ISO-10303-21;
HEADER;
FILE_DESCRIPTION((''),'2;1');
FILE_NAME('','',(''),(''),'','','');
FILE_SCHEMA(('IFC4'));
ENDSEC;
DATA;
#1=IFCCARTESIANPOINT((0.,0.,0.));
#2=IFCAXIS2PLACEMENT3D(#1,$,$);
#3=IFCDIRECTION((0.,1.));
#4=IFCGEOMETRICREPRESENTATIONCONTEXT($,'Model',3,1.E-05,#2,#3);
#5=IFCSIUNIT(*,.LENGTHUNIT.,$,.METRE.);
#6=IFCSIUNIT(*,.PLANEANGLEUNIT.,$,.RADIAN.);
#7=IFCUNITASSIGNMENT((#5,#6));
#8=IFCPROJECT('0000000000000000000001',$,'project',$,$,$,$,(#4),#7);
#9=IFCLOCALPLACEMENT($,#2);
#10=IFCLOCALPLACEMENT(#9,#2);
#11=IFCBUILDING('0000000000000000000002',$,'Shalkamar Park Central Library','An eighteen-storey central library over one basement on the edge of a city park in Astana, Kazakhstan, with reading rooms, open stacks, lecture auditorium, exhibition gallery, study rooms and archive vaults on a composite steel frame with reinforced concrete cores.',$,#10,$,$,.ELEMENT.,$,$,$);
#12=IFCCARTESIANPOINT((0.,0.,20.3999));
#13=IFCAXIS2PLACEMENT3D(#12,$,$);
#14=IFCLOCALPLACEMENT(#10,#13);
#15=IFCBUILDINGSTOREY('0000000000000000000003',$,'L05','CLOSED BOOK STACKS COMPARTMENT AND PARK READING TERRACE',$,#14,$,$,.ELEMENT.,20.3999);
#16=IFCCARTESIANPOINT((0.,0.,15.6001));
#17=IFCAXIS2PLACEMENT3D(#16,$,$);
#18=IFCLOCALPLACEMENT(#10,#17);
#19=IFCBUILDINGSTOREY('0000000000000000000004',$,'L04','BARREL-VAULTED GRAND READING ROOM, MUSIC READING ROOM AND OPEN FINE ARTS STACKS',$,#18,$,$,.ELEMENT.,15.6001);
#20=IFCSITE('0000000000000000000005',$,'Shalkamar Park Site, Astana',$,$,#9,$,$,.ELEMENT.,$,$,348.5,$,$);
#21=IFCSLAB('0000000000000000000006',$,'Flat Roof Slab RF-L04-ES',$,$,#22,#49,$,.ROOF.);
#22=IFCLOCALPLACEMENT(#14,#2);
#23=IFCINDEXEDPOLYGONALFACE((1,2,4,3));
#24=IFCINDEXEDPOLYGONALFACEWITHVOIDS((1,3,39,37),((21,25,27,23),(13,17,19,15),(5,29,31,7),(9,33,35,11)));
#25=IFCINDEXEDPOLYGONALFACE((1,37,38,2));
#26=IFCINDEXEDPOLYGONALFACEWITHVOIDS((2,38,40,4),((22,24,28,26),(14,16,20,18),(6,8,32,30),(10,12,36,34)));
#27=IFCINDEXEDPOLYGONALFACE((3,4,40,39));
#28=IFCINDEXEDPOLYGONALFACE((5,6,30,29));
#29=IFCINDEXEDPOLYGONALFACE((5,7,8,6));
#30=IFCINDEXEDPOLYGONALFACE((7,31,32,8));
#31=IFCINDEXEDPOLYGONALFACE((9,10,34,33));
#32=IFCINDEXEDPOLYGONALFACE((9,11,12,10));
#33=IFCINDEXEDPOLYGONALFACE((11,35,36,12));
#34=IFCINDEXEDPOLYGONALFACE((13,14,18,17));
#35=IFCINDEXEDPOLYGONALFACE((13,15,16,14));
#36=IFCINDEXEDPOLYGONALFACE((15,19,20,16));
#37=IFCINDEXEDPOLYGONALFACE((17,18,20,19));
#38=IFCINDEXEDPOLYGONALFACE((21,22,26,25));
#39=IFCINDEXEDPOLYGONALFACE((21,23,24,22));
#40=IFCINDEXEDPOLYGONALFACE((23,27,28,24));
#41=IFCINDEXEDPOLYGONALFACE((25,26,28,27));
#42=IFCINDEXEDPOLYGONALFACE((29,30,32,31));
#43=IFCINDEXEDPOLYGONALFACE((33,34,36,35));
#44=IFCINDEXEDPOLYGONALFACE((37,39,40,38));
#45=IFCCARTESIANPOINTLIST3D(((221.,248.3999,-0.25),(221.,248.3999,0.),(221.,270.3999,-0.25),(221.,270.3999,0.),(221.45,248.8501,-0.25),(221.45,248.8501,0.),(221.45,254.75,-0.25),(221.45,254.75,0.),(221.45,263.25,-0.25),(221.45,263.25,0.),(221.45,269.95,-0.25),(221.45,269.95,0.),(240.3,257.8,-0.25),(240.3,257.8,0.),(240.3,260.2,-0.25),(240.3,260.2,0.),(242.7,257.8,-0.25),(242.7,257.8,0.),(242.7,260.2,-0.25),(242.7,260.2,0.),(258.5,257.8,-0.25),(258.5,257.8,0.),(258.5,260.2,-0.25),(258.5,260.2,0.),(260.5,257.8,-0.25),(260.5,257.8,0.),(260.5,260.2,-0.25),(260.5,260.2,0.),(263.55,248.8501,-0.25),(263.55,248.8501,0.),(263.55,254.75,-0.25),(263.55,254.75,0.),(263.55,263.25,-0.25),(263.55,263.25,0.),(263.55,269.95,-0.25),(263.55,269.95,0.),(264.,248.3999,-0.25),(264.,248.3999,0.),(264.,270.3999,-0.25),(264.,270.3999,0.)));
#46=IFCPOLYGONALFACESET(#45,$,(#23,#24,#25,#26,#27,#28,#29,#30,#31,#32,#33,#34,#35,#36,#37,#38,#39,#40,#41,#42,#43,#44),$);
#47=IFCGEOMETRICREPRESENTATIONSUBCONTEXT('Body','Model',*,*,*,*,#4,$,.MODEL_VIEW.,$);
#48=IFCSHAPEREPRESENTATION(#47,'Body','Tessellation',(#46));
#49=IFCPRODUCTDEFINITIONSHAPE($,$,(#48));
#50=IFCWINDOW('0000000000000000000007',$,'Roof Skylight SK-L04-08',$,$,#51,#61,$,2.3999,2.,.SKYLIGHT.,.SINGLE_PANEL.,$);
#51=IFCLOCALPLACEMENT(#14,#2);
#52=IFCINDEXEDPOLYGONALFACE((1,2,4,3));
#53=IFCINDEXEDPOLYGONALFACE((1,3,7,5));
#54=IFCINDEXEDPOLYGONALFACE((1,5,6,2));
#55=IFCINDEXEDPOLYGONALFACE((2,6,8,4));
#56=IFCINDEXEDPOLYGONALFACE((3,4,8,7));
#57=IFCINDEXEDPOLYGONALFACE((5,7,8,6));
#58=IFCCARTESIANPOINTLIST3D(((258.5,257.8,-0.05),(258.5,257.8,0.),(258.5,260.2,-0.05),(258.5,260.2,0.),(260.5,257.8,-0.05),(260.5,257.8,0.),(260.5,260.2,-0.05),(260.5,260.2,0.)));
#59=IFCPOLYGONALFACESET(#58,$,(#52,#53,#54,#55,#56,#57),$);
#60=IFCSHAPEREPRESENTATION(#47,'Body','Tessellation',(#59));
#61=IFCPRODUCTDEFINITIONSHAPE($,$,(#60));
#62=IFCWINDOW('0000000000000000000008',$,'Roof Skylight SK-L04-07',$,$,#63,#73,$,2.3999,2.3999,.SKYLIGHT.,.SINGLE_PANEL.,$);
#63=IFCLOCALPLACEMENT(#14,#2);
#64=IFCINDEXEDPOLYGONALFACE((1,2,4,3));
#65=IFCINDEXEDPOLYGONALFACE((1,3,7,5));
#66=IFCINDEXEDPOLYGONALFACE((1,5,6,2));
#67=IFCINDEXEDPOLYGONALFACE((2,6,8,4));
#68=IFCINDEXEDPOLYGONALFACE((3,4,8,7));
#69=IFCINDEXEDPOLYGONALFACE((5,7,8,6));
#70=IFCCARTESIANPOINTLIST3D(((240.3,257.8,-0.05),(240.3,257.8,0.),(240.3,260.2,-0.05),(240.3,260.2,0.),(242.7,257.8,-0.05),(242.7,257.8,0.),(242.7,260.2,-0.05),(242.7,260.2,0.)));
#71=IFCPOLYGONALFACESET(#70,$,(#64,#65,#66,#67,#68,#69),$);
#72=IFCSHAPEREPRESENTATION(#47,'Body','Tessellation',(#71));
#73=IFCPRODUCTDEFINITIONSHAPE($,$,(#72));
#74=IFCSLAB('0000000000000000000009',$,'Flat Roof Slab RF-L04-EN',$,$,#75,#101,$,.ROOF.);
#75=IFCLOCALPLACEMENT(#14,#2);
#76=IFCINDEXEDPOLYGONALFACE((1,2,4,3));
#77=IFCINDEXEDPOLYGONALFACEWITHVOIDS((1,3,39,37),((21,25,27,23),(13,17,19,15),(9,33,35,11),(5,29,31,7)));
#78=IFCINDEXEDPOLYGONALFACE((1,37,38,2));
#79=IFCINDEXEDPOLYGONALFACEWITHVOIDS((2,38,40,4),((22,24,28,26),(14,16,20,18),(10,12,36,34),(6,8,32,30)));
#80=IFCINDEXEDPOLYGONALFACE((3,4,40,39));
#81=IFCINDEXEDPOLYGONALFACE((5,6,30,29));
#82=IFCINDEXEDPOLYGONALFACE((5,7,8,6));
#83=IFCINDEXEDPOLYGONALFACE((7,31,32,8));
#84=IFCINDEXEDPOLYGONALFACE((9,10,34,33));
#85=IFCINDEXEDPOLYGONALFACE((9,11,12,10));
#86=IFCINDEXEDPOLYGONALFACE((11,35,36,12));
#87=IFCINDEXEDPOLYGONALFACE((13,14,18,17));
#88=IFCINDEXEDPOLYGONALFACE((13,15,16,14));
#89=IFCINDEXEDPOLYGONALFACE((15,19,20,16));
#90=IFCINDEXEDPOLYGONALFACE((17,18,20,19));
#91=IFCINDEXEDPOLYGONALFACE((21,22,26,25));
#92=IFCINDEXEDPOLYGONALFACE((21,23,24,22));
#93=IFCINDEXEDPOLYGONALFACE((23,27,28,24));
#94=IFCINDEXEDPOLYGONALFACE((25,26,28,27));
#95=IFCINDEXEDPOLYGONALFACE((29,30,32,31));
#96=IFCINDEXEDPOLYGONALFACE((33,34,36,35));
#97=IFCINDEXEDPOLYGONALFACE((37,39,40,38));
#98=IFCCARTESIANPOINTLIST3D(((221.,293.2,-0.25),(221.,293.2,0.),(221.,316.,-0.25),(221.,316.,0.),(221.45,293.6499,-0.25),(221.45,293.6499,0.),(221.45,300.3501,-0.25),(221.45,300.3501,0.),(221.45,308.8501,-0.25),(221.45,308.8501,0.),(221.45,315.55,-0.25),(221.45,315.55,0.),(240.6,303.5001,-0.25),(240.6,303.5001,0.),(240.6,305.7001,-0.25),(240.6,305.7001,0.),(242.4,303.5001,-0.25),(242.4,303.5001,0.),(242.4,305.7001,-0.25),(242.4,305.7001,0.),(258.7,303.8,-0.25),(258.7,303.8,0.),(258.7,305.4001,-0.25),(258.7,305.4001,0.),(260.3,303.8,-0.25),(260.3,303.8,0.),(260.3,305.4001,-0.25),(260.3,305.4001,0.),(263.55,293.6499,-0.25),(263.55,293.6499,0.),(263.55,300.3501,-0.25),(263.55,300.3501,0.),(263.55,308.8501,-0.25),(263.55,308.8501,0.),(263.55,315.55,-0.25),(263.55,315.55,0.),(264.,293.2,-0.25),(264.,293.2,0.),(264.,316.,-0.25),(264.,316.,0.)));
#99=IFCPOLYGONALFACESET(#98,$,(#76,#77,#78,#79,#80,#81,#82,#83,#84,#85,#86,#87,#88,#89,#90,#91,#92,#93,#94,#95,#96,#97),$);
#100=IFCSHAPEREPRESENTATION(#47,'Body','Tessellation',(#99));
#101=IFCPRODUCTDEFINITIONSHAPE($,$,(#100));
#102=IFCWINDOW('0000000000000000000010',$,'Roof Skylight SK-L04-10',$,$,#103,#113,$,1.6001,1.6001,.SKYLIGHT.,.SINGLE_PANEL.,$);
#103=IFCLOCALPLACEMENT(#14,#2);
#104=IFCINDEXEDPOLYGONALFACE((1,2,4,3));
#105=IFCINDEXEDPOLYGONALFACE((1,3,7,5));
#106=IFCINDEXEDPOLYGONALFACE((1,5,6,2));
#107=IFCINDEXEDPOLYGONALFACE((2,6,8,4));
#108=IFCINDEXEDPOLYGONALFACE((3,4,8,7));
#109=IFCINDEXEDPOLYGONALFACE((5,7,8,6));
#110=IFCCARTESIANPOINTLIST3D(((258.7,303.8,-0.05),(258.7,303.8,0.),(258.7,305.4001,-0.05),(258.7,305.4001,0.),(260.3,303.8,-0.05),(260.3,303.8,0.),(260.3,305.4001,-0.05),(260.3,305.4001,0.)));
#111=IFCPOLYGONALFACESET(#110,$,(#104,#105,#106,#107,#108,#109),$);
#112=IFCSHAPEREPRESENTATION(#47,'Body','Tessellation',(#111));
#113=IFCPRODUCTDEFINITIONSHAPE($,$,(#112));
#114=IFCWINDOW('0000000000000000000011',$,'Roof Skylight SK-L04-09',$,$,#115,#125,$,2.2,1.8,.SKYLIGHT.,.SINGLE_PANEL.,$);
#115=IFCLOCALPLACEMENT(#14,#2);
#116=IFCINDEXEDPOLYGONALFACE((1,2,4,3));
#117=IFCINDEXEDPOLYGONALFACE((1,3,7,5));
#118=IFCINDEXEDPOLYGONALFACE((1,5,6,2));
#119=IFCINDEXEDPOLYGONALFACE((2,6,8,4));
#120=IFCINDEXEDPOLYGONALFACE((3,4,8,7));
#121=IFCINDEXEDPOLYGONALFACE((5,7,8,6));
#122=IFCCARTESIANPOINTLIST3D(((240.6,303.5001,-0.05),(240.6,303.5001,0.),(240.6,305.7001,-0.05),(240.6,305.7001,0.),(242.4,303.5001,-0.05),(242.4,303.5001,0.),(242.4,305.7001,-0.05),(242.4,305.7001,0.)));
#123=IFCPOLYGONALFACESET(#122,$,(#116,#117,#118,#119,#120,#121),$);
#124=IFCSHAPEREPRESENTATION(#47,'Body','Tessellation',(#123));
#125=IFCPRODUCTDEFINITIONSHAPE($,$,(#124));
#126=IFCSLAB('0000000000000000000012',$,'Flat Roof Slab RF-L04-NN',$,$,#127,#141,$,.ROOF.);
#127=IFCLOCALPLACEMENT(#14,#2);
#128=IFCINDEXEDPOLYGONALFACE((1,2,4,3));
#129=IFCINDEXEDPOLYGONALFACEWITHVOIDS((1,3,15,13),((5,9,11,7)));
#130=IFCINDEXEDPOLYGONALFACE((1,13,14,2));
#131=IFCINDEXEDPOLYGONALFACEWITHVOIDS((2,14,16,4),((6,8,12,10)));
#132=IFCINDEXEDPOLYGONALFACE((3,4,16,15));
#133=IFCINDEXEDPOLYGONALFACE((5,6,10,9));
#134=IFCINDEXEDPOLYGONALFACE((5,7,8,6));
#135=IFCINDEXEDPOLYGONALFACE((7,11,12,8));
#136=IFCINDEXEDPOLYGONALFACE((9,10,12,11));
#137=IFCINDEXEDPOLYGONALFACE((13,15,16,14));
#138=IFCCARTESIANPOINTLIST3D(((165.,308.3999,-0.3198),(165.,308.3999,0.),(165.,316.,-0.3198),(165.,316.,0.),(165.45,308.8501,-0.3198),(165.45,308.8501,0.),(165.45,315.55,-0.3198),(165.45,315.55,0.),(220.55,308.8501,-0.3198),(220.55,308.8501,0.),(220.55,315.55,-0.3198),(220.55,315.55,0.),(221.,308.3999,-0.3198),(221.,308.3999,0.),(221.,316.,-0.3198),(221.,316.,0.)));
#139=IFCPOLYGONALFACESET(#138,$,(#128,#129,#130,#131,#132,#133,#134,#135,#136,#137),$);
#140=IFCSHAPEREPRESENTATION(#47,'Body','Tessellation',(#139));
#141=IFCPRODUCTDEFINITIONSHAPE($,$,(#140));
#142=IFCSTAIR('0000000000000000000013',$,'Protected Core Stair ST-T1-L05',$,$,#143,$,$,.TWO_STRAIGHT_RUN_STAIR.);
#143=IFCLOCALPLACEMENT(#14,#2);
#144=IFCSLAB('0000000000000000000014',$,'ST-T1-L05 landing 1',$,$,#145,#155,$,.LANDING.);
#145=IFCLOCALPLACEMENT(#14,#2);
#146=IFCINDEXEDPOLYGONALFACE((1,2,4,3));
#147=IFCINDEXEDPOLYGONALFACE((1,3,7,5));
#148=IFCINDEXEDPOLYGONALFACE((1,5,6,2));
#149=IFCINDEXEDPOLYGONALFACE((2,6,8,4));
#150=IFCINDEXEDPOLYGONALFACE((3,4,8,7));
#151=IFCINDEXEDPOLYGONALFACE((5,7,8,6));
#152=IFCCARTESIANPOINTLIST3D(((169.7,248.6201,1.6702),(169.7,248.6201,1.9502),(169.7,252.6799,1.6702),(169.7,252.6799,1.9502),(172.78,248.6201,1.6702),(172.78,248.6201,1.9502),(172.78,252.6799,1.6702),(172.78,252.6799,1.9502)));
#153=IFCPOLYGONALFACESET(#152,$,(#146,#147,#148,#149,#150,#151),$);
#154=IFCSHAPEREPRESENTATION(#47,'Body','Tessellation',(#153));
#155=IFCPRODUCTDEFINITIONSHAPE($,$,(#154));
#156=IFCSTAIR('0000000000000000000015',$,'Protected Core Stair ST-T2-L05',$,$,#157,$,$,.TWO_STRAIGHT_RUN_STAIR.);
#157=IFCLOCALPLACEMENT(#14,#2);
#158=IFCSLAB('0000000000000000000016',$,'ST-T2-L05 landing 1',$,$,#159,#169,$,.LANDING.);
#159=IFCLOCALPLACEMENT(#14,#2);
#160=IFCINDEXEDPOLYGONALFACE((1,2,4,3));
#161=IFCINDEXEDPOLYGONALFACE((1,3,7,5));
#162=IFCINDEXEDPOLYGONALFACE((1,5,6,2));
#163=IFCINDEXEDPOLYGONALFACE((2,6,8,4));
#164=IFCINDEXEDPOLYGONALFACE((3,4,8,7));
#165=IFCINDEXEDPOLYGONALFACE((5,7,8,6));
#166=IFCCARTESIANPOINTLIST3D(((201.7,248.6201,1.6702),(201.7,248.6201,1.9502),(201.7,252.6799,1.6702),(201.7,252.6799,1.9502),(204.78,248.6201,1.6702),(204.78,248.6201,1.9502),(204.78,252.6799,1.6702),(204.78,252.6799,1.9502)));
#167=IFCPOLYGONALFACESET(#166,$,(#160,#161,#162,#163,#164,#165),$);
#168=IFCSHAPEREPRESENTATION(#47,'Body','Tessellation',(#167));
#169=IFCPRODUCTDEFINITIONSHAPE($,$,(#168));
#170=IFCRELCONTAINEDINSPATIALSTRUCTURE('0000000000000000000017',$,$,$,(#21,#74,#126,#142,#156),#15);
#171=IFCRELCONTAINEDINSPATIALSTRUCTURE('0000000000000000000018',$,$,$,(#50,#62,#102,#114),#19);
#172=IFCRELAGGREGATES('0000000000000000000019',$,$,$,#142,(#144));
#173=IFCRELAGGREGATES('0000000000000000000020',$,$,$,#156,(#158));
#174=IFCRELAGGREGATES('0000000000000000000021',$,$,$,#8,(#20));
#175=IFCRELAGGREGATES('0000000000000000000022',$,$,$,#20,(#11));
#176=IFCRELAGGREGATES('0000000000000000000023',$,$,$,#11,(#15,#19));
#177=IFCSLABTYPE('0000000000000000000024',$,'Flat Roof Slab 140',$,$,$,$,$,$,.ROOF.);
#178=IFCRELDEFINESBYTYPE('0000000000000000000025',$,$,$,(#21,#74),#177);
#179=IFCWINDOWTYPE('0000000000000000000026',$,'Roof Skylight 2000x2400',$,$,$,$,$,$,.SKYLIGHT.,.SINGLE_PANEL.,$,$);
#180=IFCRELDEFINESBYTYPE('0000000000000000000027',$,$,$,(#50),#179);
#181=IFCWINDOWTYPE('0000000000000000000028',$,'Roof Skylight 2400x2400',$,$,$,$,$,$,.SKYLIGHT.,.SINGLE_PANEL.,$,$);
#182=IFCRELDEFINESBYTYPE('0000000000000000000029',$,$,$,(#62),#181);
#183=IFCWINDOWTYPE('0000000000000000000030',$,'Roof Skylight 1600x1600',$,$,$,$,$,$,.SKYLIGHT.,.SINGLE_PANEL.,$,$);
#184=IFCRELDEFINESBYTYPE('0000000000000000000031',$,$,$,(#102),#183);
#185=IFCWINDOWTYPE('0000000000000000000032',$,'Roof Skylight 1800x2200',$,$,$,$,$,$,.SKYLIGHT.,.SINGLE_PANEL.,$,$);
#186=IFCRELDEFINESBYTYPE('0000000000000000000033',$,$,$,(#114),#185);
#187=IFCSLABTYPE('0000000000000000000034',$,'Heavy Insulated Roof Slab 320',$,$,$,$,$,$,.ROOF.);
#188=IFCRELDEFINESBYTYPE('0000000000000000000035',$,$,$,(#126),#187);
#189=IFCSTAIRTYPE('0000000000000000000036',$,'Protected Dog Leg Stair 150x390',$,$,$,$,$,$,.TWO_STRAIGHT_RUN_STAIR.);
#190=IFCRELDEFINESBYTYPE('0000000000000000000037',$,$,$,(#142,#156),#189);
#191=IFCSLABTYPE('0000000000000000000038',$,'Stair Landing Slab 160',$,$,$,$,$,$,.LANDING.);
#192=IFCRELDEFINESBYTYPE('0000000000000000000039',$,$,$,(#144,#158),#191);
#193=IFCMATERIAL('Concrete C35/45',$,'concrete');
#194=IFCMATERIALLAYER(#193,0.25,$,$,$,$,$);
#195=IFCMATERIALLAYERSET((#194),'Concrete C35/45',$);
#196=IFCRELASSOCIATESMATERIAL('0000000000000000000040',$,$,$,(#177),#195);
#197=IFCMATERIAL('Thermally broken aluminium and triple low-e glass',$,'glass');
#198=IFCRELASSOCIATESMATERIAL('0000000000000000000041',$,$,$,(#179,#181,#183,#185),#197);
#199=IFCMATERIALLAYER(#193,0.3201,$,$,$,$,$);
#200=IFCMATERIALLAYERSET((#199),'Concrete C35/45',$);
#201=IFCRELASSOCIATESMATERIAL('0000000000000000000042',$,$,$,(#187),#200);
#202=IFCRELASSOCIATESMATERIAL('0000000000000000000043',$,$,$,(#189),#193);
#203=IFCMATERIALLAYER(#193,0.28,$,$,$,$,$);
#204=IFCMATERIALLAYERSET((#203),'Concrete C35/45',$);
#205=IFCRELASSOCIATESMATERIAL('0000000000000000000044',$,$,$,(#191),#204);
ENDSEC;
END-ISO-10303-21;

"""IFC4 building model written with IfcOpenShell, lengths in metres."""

from ifc_helpers import new_model, si_unit, direction, frame, origin, origin_2d, place, context, subcontext, project, spatial, polyline, rectangle, outline, extrude, material, layer, layer_set, type_object, element, fill, aggregate, save


model = new_model("IFC4")

# Units and contexts
model_context = context("Model", 3, precision=1e-05, world=origin(), true_north=direction((0.0, 1.0)))
body_context = subcontext(model_context, "Body", "Model", "MODEL_VIEW")
ifc_project = project(units=[si_unit("LENGTHUNIT", "METRE"), si_unit("PLANEANGLEUNIT", "RADIAN")], contexts=[model_context])

# Site, building, storey
site_placement = place(None, origin())
site = spatial("IfcSite", under=ifc_project, at=site_placement, Name="Shalkamar Park Site, Astana", CompositionType="ELEMENT", RefElevation=348.5)
building_placement = place(site_placement, origin())
building = spatial("IfcBuilding", under=site, at=building_placement, Name="Shalkamar Park Central Library", Description="An eighteen-storey central library over one basement on the edge of a city park in Astana, Kazakhstan, with reading rooms, open stacks, lecture auditorium, exhibition gallery, study rooms and archive vaults on a composite steel frame with reinforced concrete cores.", CompositionType="ELEMENT")
storey_1_placement = place(building_placement, frame((0.0, 0.0, 20.3999)))
storey_1 = spatial("IfcBuildingStorey", under=building, at=storey_1_placement, Name="L05", Description="CLOSED BOOK STACKS COMPARTMENT AND PARK READING TERRACE", CompositionType="ELEMENT", Elevation=20.3999)

# Shared definitions
ifc_material_1 = material(Name="Concrete C35/45", Category="concrete")
ifc_layer_1 = layer(ifc_material_1, 0.25)
ifc_layer_set_1 = layer_set([ifc_layer_1], Name="Concrete C35/45")
slab_type_1 = type_object("IfcSlabType", Name="Flat Roof Slab 140", PredefinedType="ROOF", material=ifc_layer_set_1)

# Slab, openings
slab_1_placement = place(storey_1_placement, frame((0.0, 0.0, -0.25)))
slab_1 = element("IfcSlab", 1, at=slab_1_placement, inside=storey_1, type_object=slab_type_1, Name="Flat Roof Slab RF-L04-ES", PredefinedType="ROOF", context=body_context, shape_type="SweptSolid", body=[
    extrude(outline(polyline([(221.0, 248.3999), (264.0, 248.3999), (264.0, 270.3999), (221.0, 270.3999), (221.0, 248.3999)]), holes=[polyline([(221.45, 248.8501), (263.55, 248.8501), (263.55, 254.75), (221.45, 254.75), (221.45, 248.8501)]), polyline([(221.45, 263.25), (263.55, 263.25), (263.55, 269.95), (221.45, 269.95), (221.45, 263.25)])]), origin(), (0.0, 0.0, 1.0), 0.25),
])
opening_1_placement = place(slab_1_placement, frame((241.5, 259.0, -0.01)))
opening_1 = element("IfcOpeningElement", 2, at=opening_1_placement, cuts=slab_1, PredefinedType="OPENING", context=body_context, shape_type="SweptSolid", body=[
    extrude(rectangle(XDim=2.3999, YDim=2.3999, at=origin_2d()), origin(), (0.0, 0.0, 1.0), 0.27),
])
opening_2_placement = place(slab_1_placement, frame((259.5, 259.0, -0.01)))
opening_2 = element("IfcOpeningElement", 3, at=opening_2_placement, cuts=slab_1, PredefinedType="OPENING", context=body_context, shape_type="SweptSolid", body=[
    extrude(rectangle(XDim=2.0, YDim=2.3999, at=origin_2d()), origin(), (0.0, 0.0, 1.0), 0.27),
])

# Shared definitions
storey_2_placement = place(building_placement, frame((0.0, 0.0, 15.6001)))
storey_2 = spatial("IfcBuildingStorey", under=building, at=storey_2_placement, Name="L04", Description="BARREL-VAULTED GRAND READING ROOM, MUSIC READING ROOM AND OPEN FINE ARTS STACKS", CompositionType="ELEMENT", Elevation=15.6001)

# Windows
ifc_material_2 = material(Name="Thermally broken aluminium and triple low-e glass", Category="glass")
window_type_1 = type_object("IfcWindowType", Name="Roof Skylight 2000x2400", PartitioningType="SINGLE_PANEL", PredefinedType="SKYLIGHT", material=ifc_material_2)
window_1_placement = place(opening_2_placement, frame((0.0, 0.0, 0.21)))
window_1 = element("IfcWindow", 4, at=window_1_placement, inside=storey_2, type_object=window_type_1, Name="Roof Skylight SK-L04-08", OverallHeight=2.3999, OverallWidth=2.0, PartitioningType="SINGLE_PANEL", PredefinedType="SKYLIGHT", context=body_context, shape_type="SweptSolid", body=[
    extrude(rectangle(XDim=2.0, YDim=2.3999, at=origin_2d()), origin(), (0.0, 0.0, 1.0), 0.05),
])
fill(opening_2, window_1)
window_type_2 = type_object("IfcWindowType", Name="Roof Skylight 2400x2400", PartitioningType="SINGLE_PANEL", PredefinedType="SKYLIGHT", material=ifc_material_2)
window_2_placement = place(opening_1_placement, frame((0.0, 0.0, 0.21)))
window_2 = element("IfcWindow", 5, at=window_2_placement, inside=storey_2, type_object=window_type_2, Name="Roof Skylight SK-L04-07", OverallHeight=2.3999, OverallWidth=2.3999, PartitioningType="SINGLE_PANEL", PredefinedType="SKYLIGHT", context=body_context, shape_type="SweptSolid", body=[
    extrude(rectangle(XDim=2.3999, YDim=2.3999, at=origin_2d()), origin(), (0.0, 0.0, 1.0), 0.05),
])
fill(opening_1, window_2)

# Slab, openings, windows
slab_2_placement = place(storey_1_placement, frame((0.0, 0.0, -0.25)))
slab_2 = element("IfcSlab", 6, at=slab_2_placement, inside=storey_1, type_object=slab_type_1, Name="Flat Roof Slab RF-L04-EN", PredefinedType="ROOF", context=body_context, shape_type="SweptSolid", body=[
    extrude(outline(polyline([(221.0, 293.2), (264.0, 293.2), (264.0, 316.0), (221.0, 316.0), (221.0, 293.2)]), holes=[polyline([(221.45, 293.6499), (263.55, 293.6499), (263.55, 300.3501), (221.45, 300.3501), (221.45, 293.6499)]), polyline([(221.45, 308.8501), (263.55, 308.8501), (263.55, 315.55), (221.45, 315.55), (221.45, 308.8501)])]), origin(), (0.0, 0.0, 1.0), 0.25),
])
opening_3_placement = place(slab_2_placement, frame((241.5, 304.6001, -0.01)))
opening_3 = element("IfcOpeningElement", 7, at=opening_3_placement, cuts=slab_2, PredefinedType="OPENING", context=body_context, shape_type="SweptSolid", body=[
    extrude(rectangle(XDim=1.8, YDim=2.2, at=origin_2d()), origin(), (0.0, 0.0, 1.0), 0.27),
])
opening_4_placement = place(slab_2_placement, frame((259.5, 304.6001, -0.01)))
opening_4 = element("IfcOpeningElement", 8, at=opening_4_placement, cuts=slab_2, PredefinedType="OPENING", context=body_context, shape_type="SweptSolid", body=[
    extrude(rectangle(XDim=1.6001, YDim=1.6001, at=origin_2d()), origin(), (0.0, 0.0, 1.0), 0.27),
])
window_type_3 = type_object("IfcWindowType", Name="Roof Skylight 1600x1600", PartitioningType="SINGLE_PANEL", PredefinedType="SKYLIGHT", material=ifc_material_2)
window_3_placement = place(opening_4_placement, frame((0.0, 0.0, 0.21)))
window_3 = element("IfcWindow", 9, at=window_3_placement, inside=storey_2, type_object=window_type_3, Name="Roof Skylight SK-L04-10", OverallHeight=1.6001, OverallWidth=1.6001, PartitioningType="SINGLE_PANEL", PredefinedType="SKYLIGHT", context=body_context, shape_type="SweptSolid", body=[
    extrude(rectangle(XDim=1.6001, YDim=1.6001, at=origin_2d()), origin(), (0.0, 0.0, 1.0), 0.05),
])
fill(opening_4, window_3)
window_type_4 = type_object("IfcWindowType", Name="Roof Skylight 1800x2200", PartitioningType="SINGLE_PANEL", PredefinedType="SKYLIGHT", material=ifc_material_2)
window_4_placement = place(opening_3_placement, frame((0.0, 0.0, 0.21)))
window_4 = element("IfcWindow", 10, at=window_4_placement, inside=storey_2, type_object=window_type_4, Name="Roof Skylight SK-L04-09", OverallHeight=2.2, OverallWidth=1.8, PartitioningType="SINGLE_PANEL", PredefinedType="SKYLIGHT", context=body_context, shape_type="SweptSolid", body=[
    extrude(rectangle(XDim=1.8, YDim=2.2, at=origin_2d()), origin(), (0.0, 0.0, 1.0), 0.05),
])
fill(opening_3, window_4)

# Slab
ifc_layer_2 = layer(ifc_material_1, 0.3201)
ifc_layer_set_2 = layer_set([ifc_layer_2], Name="Concrete C35/45")
slab_type_2 = type_object("IfcSlabType", Name="Heavy Insulated Roof Slab 320", PredefinedType="ROOF", material=ifc_layer_set_2)
slab_3_placement = place(storey_1_placement, frame((0.0, 0.0, -0.3198)))
element("IfcSlab", 11, at=slab_3_placement, inside=storey_1, type_object=slab_type_2, Name="Flat Roof Slab RF-L04-NN", PredefinedType="ROOF", context=body_context, shape_type="SweptSolid", body=[
    extrude(outline(polyline([(165.0, 308.3999), (221.0, 308.3999), (221.0, 316.0), (165.0, 316.0), (165.0, 308.3999)]), holes=[polyline([(165.45, 308.8501), (220.55, 308.8501), (220.55, 315.55), (165.45, 315.55), (165.45, 308.8501)])]), origin(), (0.0, 0.0, 1.0), 0.3198),
])

# Stairs, slabs
stair_type = type_object("IfcStairType", Name="Protected Dog Leg Stair 150x390", PredefinedType="TWO_STRAIGHT_RUN_STAIR", material=ifc_material_1)
stair_1_placement = place(storey_1_placement, origin())
stair_1 = element("IfcStair", 12, at=stair_1_placement, inside=storey_1, type_object=stair_type, Name="Protected Core Stair ST-T1-L05", PredefinedType="TWO_STRAIGHT_RUN_STAIR")
ifc_layer_3 = layer(ifc_material_1, 0.28)
ifc_layer_set_3 = layer_set([ifc_layer_3], Name="Concrete C35/45")
slab_type_3 = type_object("IfcSlabType", Name="Stair Landing Slab 160", PredefinedType="LANDING", material=ifc_layer_set_3)
slab_4_placement = place(storey_1_placement, frame((0.0, 0.0, 1.6702)))
slab_4 = element("IfcSlab", 13, at=slab_4_placement, type_object=slab_type_3, Name="ST-T1-L05 landing 1", PredefinedType="LANDING", context=body_context, shape_type="SweptSolid", body=[
    extrude(outline(polyline([(169.7, 248.6201), (172.78, 248.6201), (172.78, 252.6799), (169.7, 252.6799), (169.7, 248.6201)])), origin(), (0.0, 0.0, 1.0), 0.28),
])
aggregate(stair_1, [slab_4])
stair_2_placement = place(storey_1_placement, origin())
stair_2 = element("IfcStair", 14, at=stair_2_placement, inside=storey_1, type_object=stair_type, Name="Protected Core Stair ST-T2-L05", PredefinedType="TWO_STRAIGHT_RUN_STAIR")
slab_5_placement = place(storey_1_placement, frame((0.0, 0.0, 1.6702)))
slab_5 = element("IfcSlab", 15, at=slab_5_placement, type_object=slab_type_3, Name="ST-T2-L05 landing 1", PredefinedType="LANDING", context=body_context, shape_type="SweptSolid", body=[
    extrude(outline(polyline([(201.7, 248.6201), (204.78, 248.6201), (204.78, 252.6799), (201.7, 252.6799), (201.7, 248.6201)])), origin(), (0.0, 0.0, 1.0), 0.28),
])
aggregate(stair_2, [slab_5])

save(model, "model.ifc")
